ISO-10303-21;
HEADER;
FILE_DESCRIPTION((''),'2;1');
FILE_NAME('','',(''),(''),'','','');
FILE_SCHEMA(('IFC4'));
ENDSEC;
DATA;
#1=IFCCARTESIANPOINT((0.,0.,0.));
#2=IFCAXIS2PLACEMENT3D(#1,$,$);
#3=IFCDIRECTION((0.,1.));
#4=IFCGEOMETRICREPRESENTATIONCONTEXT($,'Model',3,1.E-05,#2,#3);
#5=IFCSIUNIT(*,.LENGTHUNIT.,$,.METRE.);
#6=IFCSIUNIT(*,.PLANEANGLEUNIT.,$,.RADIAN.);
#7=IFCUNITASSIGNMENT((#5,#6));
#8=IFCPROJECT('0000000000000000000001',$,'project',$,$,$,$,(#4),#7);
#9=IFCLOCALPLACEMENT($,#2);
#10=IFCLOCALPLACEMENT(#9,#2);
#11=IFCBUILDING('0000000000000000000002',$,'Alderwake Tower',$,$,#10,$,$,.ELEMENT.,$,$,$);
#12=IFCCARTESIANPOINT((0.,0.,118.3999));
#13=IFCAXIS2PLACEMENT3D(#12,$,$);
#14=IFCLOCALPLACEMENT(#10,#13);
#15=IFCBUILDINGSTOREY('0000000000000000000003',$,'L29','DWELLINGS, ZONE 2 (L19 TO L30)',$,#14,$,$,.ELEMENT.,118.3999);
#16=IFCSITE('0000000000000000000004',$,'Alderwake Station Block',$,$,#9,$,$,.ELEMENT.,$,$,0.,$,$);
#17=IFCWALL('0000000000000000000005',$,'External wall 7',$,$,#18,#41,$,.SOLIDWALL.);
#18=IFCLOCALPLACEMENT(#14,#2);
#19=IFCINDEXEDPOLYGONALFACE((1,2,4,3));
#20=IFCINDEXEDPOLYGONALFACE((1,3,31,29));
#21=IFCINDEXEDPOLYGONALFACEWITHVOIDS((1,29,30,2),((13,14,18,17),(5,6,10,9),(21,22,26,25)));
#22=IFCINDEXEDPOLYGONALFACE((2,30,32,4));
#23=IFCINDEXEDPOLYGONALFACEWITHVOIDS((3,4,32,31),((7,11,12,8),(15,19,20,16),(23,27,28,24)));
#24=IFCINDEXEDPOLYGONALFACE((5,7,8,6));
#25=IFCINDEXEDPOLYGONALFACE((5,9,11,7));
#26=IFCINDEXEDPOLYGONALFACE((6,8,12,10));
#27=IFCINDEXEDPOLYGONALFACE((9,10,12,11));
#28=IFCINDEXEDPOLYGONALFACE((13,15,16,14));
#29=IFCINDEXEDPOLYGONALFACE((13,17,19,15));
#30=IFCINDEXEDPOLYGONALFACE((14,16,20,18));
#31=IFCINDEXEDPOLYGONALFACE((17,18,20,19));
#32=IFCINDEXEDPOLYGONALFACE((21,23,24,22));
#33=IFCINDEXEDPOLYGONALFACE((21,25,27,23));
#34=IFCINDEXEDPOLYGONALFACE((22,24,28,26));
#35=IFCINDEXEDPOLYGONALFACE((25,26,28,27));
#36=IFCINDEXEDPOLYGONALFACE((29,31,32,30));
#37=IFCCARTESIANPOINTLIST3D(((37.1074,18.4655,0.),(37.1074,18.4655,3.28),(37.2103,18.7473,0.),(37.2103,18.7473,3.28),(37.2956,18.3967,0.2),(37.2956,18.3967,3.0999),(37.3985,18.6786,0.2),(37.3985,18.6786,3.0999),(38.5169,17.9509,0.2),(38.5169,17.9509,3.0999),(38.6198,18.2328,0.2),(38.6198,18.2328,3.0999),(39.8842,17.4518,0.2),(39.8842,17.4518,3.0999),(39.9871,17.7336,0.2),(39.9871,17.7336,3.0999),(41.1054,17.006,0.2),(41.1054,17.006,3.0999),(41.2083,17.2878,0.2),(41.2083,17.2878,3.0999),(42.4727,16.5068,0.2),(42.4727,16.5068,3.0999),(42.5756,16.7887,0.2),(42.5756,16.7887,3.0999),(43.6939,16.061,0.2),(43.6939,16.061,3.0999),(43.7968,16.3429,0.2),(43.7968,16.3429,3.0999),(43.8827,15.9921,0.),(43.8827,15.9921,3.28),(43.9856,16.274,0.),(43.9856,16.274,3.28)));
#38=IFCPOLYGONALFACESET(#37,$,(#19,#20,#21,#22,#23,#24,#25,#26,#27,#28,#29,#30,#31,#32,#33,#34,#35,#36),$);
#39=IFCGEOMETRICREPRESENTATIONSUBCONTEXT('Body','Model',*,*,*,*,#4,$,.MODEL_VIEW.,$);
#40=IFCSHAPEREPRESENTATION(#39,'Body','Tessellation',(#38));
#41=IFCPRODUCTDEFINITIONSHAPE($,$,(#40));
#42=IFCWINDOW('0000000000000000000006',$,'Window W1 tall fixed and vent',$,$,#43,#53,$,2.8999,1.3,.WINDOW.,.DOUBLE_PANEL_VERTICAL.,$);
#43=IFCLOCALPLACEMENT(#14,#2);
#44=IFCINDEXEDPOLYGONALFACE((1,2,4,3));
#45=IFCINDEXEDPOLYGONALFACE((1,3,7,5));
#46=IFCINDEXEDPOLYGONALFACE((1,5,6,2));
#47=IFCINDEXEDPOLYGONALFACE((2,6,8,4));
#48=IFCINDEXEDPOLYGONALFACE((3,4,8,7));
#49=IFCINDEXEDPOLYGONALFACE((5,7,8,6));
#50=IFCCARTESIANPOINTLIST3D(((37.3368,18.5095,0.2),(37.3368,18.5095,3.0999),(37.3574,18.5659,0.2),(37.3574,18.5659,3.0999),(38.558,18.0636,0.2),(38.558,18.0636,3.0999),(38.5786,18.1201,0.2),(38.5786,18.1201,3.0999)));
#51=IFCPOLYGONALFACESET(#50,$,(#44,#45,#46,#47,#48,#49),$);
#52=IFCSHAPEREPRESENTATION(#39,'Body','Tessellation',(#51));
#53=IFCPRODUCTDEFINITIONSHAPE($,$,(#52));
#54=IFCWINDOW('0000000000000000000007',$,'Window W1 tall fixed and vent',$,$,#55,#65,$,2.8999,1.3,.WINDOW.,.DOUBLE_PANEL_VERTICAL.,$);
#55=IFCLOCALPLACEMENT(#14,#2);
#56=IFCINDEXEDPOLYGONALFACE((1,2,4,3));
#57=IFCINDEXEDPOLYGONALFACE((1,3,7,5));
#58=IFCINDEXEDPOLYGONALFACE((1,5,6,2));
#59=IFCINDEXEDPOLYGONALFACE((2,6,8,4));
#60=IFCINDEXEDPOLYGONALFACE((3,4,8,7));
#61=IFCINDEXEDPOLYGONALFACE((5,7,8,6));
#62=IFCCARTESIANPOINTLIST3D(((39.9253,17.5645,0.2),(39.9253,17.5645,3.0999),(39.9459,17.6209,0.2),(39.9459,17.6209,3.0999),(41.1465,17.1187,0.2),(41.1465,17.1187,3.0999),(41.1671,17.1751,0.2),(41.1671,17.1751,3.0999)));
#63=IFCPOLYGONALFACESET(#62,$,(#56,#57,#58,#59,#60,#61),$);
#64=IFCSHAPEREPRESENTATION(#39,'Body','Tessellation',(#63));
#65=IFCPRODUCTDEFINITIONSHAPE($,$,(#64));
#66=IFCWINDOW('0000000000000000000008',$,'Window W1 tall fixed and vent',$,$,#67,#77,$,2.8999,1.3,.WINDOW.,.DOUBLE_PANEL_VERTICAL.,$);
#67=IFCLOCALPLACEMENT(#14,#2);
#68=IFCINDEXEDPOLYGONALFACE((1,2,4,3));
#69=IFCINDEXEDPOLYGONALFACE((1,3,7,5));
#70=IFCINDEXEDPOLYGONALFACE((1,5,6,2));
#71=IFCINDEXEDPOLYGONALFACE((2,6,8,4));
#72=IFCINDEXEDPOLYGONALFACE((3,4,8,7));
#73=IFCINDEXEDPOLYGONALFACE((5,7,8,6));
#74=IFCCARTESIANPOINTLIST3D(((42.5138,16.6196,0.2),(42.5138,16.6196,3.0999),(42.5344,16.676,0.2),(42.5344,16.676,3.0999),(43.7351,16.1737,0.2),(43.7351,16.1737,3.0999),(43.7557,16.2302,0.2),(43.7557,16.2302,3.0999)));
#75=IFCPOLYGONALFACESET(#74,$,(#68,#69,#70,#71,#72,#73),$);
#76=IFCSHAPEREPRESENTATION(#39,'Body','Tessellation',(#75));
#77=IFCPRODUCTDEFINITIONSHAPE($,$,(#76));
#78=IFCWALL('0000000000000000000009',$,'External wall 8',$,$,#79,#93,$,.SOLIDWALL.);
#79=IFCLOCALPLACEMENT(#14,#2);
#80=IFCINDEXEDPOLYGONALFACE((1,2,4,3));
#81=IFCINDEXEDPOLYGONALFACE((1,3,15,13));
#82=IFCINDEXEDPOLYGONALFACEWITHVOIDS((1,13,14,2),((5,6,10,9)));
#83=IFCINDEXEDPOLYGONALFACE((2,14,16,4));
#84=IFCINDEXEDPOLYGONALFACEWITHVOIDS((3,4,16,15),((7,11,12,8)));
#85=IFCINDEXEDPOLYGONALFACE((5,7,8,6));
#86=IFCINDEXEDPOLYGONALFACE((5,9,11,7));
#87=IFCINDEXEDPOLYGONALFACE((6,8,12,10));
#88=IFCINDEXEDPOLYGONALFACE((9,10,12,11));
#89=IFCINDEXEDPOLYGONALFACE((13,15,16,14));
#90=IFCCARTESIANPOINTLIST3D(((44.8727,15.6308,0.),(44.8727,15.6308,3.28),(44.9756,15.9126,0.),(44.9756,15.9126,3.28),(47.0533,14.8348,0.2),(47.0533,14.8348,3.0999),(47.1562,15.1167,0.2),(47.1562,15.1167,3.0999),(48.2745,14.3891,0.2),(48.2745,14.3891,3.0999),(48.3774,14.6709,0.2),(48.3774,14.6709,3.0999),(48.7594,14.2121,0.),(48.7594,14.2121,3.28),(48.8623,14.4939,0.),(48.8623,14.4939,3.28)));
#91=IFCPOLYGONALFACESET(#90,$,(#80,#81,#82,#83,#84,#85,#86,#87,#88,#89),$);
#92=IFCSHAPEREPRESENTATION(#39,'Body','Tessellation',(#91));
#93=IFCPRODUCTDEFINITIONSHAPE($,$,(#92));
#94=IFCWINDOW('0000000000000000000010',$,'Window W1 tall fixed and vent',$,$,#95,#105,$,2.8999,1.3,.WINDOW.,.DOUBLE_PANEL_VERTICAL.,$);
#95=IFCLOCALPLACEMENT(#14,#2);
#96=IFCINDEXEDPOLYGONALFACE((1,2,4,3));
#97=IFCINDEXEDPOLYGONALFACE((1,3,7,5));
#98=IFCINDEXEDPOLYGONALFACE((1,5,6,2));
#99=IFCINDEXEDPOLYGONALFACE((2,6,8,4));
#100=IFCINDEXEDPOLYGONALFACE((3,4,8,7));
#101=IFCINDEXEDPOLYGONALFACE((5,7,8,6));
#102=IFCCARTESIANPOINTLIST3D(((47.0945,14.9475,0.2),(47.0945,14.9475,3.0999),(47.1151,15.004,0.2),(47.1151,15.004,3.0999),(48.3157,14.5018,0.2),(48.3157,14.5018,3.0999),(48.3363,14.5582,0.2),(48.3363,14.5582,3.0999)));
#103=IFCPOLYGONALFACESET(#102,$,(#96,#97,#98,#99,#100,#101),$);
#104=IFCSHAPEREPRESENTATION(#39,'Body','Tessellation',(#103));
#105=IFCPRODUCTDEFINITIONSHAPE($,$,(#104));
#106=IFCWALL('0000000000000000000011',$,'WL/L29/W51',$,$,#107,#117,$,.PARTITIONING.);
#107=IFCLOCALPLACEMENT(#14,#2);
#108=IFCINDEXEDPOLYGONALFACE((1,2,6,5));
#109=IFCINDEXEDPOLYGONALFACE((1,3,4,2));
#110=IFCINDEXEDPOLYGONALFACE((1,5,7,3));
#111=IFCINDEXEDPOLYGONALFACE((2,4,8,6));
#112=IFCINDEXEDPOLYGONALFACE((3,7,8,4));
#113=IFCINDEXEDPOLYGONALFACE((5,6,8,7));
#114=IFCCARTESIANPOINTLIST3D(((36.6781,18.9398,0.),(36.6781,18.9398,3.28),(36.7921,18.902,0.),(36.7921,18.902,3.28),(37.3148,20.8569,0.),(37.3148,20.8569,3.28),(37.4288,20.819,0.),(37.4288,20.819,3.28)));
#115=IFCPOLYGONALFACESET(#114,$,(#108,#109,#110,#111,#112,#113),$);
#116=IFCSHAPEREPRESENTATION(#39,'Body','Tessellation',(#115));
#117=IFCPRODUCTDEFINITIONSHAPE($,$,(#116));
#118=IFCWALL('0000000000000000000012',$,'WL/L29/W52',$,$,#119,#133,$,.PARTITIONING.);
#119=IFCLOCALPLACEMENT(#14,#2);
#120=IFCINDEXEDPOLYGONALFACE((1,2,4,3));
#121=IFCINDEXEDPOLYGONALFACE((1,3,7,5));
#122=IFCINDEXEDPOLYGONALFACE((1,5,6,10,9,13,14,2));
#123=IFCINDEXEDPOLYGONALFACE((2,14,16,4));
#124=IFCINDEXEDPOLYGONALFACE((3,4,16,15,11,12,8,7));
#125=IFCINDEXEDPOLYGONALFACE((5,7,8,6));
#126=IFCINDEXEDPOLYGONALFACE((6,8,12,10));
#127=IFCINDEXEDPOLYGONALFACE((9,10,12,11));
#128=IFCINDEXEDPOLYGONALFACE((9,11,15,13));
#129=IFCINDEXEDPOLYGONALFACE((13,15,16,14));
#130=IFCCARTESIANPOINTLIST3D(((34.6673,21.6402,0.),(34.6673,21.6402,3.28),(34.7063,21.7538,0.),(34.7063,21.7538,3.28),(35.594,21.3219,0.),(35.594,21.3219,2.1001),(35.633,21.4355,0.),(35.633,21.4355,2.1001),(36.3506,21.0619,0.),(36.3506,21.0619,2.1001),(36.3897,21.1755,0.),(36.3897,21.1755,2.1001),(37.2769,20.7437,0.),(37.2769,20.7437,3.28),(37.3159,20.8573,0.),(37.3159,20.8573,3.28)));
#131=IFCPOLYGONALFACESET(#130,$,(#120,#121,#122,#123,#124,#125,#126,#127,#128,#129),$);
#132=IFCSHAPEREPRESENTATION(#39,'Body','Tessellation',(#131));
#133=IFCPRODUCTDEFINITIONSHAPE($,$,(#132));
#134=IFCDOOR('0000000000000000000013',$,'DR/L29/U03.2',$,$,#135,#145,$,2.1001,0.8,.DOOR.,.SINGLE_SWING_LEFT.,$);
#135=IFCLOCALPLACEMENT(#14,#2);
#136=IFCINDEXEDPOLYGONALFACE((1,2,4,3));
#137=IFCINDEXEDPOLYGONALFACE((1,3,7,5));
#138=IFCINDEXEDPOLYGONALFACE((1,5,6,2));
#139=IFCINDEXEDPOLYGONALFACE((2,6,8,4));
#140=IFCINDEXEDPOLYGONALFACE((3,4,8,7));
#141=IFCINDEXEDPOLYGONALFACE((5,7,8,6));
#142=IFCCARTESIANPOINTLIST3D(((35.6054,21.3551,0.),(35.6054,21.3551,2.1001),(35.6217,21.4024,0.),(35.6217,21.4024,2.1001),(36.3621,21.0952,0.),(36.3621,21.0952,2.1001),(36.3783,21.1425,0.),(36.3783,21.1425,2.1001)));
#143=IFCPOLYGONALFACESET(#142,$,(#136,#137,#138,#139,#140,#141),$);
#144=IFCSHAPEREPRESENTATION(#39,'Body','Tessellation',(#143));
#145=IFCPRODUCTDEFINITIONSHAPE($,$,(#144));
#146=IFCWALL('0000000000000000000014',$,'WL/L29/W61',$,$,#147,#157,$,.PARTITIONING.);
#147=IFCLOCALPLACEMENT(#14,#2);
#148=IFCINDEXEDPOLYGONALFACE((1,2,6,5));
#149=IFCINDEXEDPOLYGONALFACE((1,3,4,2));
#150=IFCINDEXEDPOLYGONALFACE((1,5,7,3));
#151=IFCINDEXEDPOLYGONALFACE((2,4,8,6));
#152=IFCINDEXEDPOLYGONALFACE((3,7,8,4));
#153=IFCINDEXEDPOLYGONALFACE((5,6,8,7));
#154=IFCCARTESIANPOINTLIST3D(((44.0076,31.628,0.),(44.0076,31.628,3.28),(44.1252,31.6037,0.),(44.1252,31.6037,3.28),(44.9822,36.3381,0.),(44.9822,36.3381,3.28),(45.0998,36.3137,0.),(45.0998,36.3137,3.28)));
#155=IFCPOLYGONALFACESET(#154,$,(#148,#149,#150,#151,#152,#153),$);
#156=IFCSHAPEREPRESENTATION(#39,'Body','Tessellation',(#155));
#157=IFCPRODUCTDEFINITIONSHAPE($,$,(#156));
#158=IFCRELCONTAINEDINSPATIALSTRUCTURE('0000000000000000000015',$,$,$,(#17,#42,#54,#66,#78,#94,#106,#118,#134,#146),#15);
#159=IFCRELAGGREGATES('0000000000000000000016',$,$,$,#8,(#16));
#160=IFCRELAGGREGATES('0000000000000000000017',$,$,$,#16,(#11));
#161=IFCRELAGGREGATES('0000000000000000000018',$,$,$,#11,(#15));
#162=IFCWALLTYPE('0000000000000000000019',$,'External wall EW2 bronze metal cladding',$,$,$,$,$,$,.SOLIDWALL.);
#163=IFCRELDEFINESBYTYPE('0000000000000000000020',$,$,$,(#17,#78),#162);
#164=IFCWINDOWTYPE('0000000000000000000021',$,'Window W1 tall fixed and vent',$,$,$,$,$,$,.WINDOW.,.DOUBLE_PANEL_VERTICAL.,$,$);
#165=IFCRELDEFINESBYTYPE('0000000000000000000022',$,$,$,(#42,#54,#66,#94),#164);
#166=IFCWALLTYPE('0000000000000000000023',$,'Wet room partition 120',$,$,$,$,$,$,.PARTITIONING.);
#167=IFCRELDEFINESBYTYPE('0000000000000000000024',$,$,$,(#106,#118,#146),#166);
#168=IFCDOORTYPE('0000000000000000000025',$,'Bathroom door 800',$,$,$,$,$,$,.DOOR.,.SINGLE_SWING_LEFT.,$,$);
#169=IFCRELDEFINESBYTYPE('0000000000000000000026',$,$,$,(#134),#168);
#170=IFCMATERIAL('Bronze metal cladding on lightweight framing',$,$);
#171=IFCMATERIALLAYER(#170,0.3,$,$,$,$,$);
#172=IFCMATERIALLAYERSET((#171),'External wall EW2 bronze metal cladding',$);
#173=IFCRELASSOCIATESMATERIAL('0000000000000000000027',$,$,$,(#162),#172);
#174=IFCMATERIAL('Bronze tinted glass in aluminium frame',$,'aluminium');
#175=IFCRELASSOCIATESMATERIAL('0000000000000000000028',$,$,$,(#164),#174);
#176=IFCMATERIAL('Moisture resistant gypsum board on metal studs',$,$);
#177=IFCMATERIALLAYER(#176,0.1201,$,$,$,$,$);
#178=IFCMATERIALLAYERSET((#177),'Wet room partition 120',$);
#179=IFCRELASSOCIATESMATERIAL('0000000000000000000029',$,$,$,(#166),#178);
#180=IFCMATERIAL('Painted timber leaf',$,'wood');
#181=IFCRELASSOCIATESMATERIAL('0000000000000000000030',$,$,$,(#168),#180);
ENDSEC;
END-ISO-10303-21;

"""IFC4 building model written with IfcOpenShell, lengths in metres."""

from ifc_helpers import new_model, si_unit, direction, frame, frame_2d, origin, place, context, subcontext, project, spatial, rectangle, extrude, material, layer, layer_set, type_object, element, fill, save


model = new_model("IFC4")

# Units and contexts
model_context = context("Model", 3, precision=1e-05, world=origin(), true_north=direction((0.0, 1.0)))
body_context = subcontext(model_context, "Body", "Model", "MODEL_VIEW")
ifc_project = project(units=[si_unit("LENGTHUNIT", "METRE"), si_unit("PLANEANGLEUNIT", "RADIAN")], contexts=[model_context])

# Site, building, storey
site_placement = place(None, origin())
site = spatial("IfcSite", under=ifc_project, at=site_placement, Name="Alderwake Station Block", CompositionType="ELEMENT", RefElevation=0.0)
building_placement = place(site_placement, origin())
building = spatial("IfcBuilding", under=site, at=building_placement, Name="Alderwake Tower", CompositionType="ELEMENT")
storey_placement = place(building_placement, frame((0.0, 0.0, 118.3999)))
storey = spatial("IfcBuildingStorey", under=building, at=storey_placement, Name="L29", Description="DWELLINGS, ZONE 2 (L19 TO L30)", CompositionType="ELEMENT", Elevation=118.3999)

# Wall, openings, windows
ifc_material_1 = material(Name="Bronze metal cladding on lightweight framing")
ifc_layer_1 = layer(ifc_material_1, 0.3)
ifc_layer_set_1 = layer_set([ifc_layer_1], Name="External wall EW2 bronze metal cladding")
wall_type_1 = type_object("IfcWallType", Name="External wall EW2 bronze metal cladding", PredefinedType="SOLIDWALL", material=ifc_layer_set_1)
wall_1_placement = place(storey_placement, frame((37.1587, 18.6064, 0.0), z_axis=(0.0, 0.0, 1.0), x_axis=(0.939365, -0.34292, 0.0)))
wall_1 = element("IfcWall", 1, at=wall_1_placement, inside=storey, type_object=wall_type_1, Name="External wall 7", PredefinedType="SOLIDWALL", context=body_context, shape_type="SweptSolid", body=[
    extrude(rectangle(XDim=7.2126, YDim=0.3, at=frame_2d((3.6064, 0.0))), origin(), (0.0, 0.0, 1.0), 3.28),
])
opening_1_placement = place(wall_1_placement, frame((0.2007, 0.0, 0.2)))
opening_1 = element("IfcOpeningElement", 2, at=opening_1_placement, cuts=wall_1, PredefinedType="OPENING", context=body_context, shape_type="SweptSolid", body=[
    extrude(rectangle(XDim=1.3, YDim=2.8999, at=frame_2d((0.6499, 1.45))), frame((0.0, 0.1599, 0.0), z_axis=(0.0, -1.0, 0.0), x_axis=(1.0, 0.0, 0.0)), (0.0, 0.0, 1.0), 0.3201),
])
opening_2_placement = place(wall_1_placement, frame((2.9563, 0.0, 0.2)))
opening_2 = element("IfcOpeningElement", 3, at=opening_2_placement, cuts=wall_1, PredefinedType="OPENING", context=body_context, shape_type="SweptSolid", body=[
    extrude(rectangle(XDim=1.3, YDim=2.8999, at=frame_2d((0.6499, 1.45))), frame((0.0, 0.1599, 0.0), z_axis=(0.0, -1.0, 0.0), x_axis=(1.0, 0.0, 0.0)), (0.0, 0.0, 1.0), 0.3201),
])
opening_3_placement = place(wall_1_placement, frame((5.7119, 0.0, 0.2)))
opening_3 = element("IfcOpeningElement", 4, at=opening_3_placement, cuts=wall_1, PredefinedType="OPENING", context=body_context, shape_type="SweptSolid", body=[
    extrude(rectangle(XDim=1.3, YDim=2.8999, at=frame_2d((0.6499, 1.45))), frame((0.0, 0.1599, 0.0), z_axis=(0.0, -1.0, 0.0), x_axis=(1.0, 0.0, 0.0)), (0.0, 0.0, 1.0), 0.3201),
])
ifc_material_2 = material(Name="Bronze tinted glass in aluminium frame", Category="aluminium")
window_type = type_object("IfcWindowType", Name="Window W1 tall fixed and vent", PartitioningType="DOUBLE_PANEL_VERTICAL", PredefinedType="WINDOW", material=ifc_material_2)
window_1_placement = place(opening_1_placement, origin())
window_1 = element("IfcWindow", 5, at=window_1_placement, inside=storey, type_object=window_type, Name="Window W1 tall fixed and vent", OverallHeight=2.8999, OverallWidth=1.3, PartitioningType="DOUBLE_PANEL_VERTICAL", PredefinedType="WINDOW", context=body_context, shape_type="SweptSolid", body=[
    extrude(rectangle(XDim=1.3, YDim=2.8999, at=frame_2d((0.6499, 1.45))), frame((0.0, 0.03, 0.0), z_axis=(0.0, -1.0, 0.0), x_axis=(1.0, 0.0, 0.0)), (0.0, 0.0, 1.0), 0.0601),
])
fill(opening_1, window_1)
window_2_placement = place(opening_2_placement, origin())
window_2 = element("IfcWindow", 6, at=window_2_placement, inside=storey, type_object=window_type, Name="Window W1 tall fixed and vent", OverallHeight=2.8999, OverallWidth=1.3, PartitioningType="DOUBLE_PANEL_VERTICAL", PredefinedType="WINDOW", context=body_context, shape_type="SweptSolid", body=[
    extrude(rectangle(XDim=1.3, YDim=2.8999, at=frame_2d((0.6499, 1.45))), frame((0.0, 0.03, 0.0), z_axis=(0.0, -1.0, 0.0), x_axis=(1.0, 0.0, 0.0)), (0.0, 0.0, 1.0), 0.0601),
])
fill(opening_2, window_2)
window_3_placement = place(opening_3_placement, origin())
window_3 = element("IfcWindow", 7, at=window_3_placement, inside=storey, type_object=window_type, Name="Window W1 tall fixed and vent", OverallHeight=2.8999, OverallWidth=1.3, PartitioningType="DOUBLE_PANEL_VERTICAL", PredefinedType="WINDOW", context=body_context, shape_type="SweptSolid", body=[
    extrude(rectangle(XDim=1.3, YDim=2.8999, at=frame_2d((0.6499, 1.45))), frame((0.0, 0.03, 0.0), z_axis=(0.0, -1.0, 0.0), x_axis=(1.0, 0.0, 0.0)), (0.0, 0.0, 1.0), 0.0601),
])
fill(opening_3, window_3)

# Wall, opening, window
wall_2_placement = place(storey_placement, frame((44.9241, 15.7717, 0.0), z_axis=(0.0, 0.0, 1.0), x_axis=(0.939378, -0.342885, 0.0)))
wall_2 = element("IfcWall", 8, at=wall_2_placement, inside=storey, type_object=wall_type_1, Name="External wall 8", PredefinedType="SOLIDWALL", context=body_context, shape_type="SweptSolid", body=[
    extrude(rectangle(XDim=4.1375, YDim=0.3, at=frame_2d((2.0688, 0.0))), origin(), (0.0, 0.0, 1.0), 3.28),
])
opening_4_placement = place(wall_2_placement, frame((2.3215, 0.0, 0.2)))
opening_4 = element("IfcOpeningElement", 9, at=opening_4_placement, cuts=wall_2, PredefinedType="OPENING", context=body_context, shape_type="SweptSolid", body=[
    extrude(rectangle(XDim=1.3, YDim=2.8999, at=frame_2d((0.6499, 1.45))), frame((0.0, 0.1599, 0.0), z_axis=(0.0, -1.0, 0.0), x_axis=(1.0, 0.0, 0.0)), (0.0, 0.0, 1.0), 0.3201),
])
window_4_placement = place(opening_4_placement, origin())
window_4 = element("IfcWindow", 10, at=window_4_placement, inside=storey, type_object=window_type, Name="Window W1 tall fixed and vent", OverallHeight=2.8999, OverallWidth=1.3, PartitioningType="DOUBLE_PANEL_VERTICAL", PredefinedType="WINDOW", context=body_context, shape_type="SweptSolid", body=[
    extrude(rectangle(XDim=1.3, YDim=2.8999, at=frame_2d((0.6499, 1.45))), frame((0.0, 0.03, 0.0), z_axis=(0.0, -1.0, 0.0), x_axis=(1.0, 0.0, 0.0)), (0.0, 0.0, 1.0), 0.0601),
])
fill(opening_4, window_4)

# Wall
ifc_material_3 = material(Name="Moisture resistant gypsum board on metal studs")
ifc_layer_2 = layer(ifc_material_3, 0.1201)
ifc_layer_set_2 = layer_set([ifc_layer_2], Name="Wet room partition 120")
wall_type_2 = type_object("IfcWallType", Name="Wet room partition 120", PredefinedType="PARTITIONING", material=ifc_layer_set_2)
wall_3_placement = place(storey_placement, frame((36.7351, 18.9209, 0.0), z_axis=(0.0, 0.0, 1.0), x_axis=(0.315212, 0.949021, 0.0)))
element("IfcWall", 11, at=wall_3_placement, inside=storey, type_object=wall_type_2, Name="WL/L29/W51", PredefinedType="PARTITIONING", context=body_context, shape_type="SweptSolid", body=[
    extrude(rectangle(XDim=2.02, YDim=0.1201, at=frame_2d((1.01, 0.0))), origin(), (0.0, 0.0, 1.0), 3.28),
])

# Wall, opening, door
wall_4_placement = place(storey_placement, frame((37.2964, 20.8005, 0.0), z_axis=(0.0, 0.0, 1.0), x_axis=(-0.94575, 0.324894, 0.0)))
wall_4 = element("IfcWall", 12, at=wall_4_placement, inside=storey, type_object=wall_type_2, Name="WL/L29/W52", PredefinedType="PARTITIONING", context=body_context, shape_type="SweptSolid", body=[
    extrude(rectangle(XDim=2.7593, YDim=0.1201, at=frame_2d((1.3796, 0.0))), origin(), (0.0, 0.0, 1.0), 3.28),
])
opening_5_placement = place(wall_4_placement, frame((0.9795, 0.0, 0.0)))
opening_5 = element("IfcOpeningElement", 13, at=opening_5_placement, cuts=wall_4, PredefinedType="OPENING", context=body_context, shape_type="SweptSolid", body=[
    extrude(rectangle(XDim=0.8, YDim=2.1001, at=frame_2d((0.3999, 1.05))), frame((0.0, 0.0701, 0.0), z_axis=(0.0, -1.0, 0.0), x_axis=(1.0, 0.0, 0.0)), (0.0, 0.0, 1.0), 0.1401),
])
ifc_material_4 = material(Name="Painted timber leaf", Category="wood")
door_type_1 = type_object("IfcDoorType", Name="Bathroom door 800", OperationType="SINGLE_SWING_LEFT", PredefinedType="DOOR", material=ifc_material_4)
door_1_placement = place(opening_5_placement, origin())
door_1 = element("IfcDoor", 14, at=door_1_placement, inside=storey, type_object=door_type_1, Name="DR/L29/U03.2", OperationType="SINGLE_SWING_LEFT", OverallHeight=2.1001, OverallWidth=0.8, PredefinedType="DOOR", context=body_context, shape_type="SweptSolid", body=[
    extrude(rectangle(XDim=0.8, YDim=2.1001, at=frame_2d((0.3999, 1.05))), frame((0.0, 0.0249, 0.0), z_axis=(0.0, -1.0, 0.0), x_axis=(1.0, 0.0, 0.0)), (0.0, 0.0, 1.0), 0.05),
])
fill(opening_5, door_1)

# Wall
wall_5_placement = place(storey_placement, frame((44.0664, 31.616, 0.0), z_axis=(0.0, 0.0, 1.0), x_axis=(0.202632, 0.979255, 0.0)))
element("IfcWall", 15, at=wall_5_placement, inside=storey, type_object=wall_type_2, Name="WL/L29/W61", PredefinedType="PARTITIONING", context=body_context, shape_type="SweptSolid", body=[
    extrude(rectangle(XDim=4.8098, YDim=0.1201, at=frame_2d((2.4048, 0.0))), origin(), (0.0, 0.0, 1.0), 3.28),
])

save(model, "model.ifc")
